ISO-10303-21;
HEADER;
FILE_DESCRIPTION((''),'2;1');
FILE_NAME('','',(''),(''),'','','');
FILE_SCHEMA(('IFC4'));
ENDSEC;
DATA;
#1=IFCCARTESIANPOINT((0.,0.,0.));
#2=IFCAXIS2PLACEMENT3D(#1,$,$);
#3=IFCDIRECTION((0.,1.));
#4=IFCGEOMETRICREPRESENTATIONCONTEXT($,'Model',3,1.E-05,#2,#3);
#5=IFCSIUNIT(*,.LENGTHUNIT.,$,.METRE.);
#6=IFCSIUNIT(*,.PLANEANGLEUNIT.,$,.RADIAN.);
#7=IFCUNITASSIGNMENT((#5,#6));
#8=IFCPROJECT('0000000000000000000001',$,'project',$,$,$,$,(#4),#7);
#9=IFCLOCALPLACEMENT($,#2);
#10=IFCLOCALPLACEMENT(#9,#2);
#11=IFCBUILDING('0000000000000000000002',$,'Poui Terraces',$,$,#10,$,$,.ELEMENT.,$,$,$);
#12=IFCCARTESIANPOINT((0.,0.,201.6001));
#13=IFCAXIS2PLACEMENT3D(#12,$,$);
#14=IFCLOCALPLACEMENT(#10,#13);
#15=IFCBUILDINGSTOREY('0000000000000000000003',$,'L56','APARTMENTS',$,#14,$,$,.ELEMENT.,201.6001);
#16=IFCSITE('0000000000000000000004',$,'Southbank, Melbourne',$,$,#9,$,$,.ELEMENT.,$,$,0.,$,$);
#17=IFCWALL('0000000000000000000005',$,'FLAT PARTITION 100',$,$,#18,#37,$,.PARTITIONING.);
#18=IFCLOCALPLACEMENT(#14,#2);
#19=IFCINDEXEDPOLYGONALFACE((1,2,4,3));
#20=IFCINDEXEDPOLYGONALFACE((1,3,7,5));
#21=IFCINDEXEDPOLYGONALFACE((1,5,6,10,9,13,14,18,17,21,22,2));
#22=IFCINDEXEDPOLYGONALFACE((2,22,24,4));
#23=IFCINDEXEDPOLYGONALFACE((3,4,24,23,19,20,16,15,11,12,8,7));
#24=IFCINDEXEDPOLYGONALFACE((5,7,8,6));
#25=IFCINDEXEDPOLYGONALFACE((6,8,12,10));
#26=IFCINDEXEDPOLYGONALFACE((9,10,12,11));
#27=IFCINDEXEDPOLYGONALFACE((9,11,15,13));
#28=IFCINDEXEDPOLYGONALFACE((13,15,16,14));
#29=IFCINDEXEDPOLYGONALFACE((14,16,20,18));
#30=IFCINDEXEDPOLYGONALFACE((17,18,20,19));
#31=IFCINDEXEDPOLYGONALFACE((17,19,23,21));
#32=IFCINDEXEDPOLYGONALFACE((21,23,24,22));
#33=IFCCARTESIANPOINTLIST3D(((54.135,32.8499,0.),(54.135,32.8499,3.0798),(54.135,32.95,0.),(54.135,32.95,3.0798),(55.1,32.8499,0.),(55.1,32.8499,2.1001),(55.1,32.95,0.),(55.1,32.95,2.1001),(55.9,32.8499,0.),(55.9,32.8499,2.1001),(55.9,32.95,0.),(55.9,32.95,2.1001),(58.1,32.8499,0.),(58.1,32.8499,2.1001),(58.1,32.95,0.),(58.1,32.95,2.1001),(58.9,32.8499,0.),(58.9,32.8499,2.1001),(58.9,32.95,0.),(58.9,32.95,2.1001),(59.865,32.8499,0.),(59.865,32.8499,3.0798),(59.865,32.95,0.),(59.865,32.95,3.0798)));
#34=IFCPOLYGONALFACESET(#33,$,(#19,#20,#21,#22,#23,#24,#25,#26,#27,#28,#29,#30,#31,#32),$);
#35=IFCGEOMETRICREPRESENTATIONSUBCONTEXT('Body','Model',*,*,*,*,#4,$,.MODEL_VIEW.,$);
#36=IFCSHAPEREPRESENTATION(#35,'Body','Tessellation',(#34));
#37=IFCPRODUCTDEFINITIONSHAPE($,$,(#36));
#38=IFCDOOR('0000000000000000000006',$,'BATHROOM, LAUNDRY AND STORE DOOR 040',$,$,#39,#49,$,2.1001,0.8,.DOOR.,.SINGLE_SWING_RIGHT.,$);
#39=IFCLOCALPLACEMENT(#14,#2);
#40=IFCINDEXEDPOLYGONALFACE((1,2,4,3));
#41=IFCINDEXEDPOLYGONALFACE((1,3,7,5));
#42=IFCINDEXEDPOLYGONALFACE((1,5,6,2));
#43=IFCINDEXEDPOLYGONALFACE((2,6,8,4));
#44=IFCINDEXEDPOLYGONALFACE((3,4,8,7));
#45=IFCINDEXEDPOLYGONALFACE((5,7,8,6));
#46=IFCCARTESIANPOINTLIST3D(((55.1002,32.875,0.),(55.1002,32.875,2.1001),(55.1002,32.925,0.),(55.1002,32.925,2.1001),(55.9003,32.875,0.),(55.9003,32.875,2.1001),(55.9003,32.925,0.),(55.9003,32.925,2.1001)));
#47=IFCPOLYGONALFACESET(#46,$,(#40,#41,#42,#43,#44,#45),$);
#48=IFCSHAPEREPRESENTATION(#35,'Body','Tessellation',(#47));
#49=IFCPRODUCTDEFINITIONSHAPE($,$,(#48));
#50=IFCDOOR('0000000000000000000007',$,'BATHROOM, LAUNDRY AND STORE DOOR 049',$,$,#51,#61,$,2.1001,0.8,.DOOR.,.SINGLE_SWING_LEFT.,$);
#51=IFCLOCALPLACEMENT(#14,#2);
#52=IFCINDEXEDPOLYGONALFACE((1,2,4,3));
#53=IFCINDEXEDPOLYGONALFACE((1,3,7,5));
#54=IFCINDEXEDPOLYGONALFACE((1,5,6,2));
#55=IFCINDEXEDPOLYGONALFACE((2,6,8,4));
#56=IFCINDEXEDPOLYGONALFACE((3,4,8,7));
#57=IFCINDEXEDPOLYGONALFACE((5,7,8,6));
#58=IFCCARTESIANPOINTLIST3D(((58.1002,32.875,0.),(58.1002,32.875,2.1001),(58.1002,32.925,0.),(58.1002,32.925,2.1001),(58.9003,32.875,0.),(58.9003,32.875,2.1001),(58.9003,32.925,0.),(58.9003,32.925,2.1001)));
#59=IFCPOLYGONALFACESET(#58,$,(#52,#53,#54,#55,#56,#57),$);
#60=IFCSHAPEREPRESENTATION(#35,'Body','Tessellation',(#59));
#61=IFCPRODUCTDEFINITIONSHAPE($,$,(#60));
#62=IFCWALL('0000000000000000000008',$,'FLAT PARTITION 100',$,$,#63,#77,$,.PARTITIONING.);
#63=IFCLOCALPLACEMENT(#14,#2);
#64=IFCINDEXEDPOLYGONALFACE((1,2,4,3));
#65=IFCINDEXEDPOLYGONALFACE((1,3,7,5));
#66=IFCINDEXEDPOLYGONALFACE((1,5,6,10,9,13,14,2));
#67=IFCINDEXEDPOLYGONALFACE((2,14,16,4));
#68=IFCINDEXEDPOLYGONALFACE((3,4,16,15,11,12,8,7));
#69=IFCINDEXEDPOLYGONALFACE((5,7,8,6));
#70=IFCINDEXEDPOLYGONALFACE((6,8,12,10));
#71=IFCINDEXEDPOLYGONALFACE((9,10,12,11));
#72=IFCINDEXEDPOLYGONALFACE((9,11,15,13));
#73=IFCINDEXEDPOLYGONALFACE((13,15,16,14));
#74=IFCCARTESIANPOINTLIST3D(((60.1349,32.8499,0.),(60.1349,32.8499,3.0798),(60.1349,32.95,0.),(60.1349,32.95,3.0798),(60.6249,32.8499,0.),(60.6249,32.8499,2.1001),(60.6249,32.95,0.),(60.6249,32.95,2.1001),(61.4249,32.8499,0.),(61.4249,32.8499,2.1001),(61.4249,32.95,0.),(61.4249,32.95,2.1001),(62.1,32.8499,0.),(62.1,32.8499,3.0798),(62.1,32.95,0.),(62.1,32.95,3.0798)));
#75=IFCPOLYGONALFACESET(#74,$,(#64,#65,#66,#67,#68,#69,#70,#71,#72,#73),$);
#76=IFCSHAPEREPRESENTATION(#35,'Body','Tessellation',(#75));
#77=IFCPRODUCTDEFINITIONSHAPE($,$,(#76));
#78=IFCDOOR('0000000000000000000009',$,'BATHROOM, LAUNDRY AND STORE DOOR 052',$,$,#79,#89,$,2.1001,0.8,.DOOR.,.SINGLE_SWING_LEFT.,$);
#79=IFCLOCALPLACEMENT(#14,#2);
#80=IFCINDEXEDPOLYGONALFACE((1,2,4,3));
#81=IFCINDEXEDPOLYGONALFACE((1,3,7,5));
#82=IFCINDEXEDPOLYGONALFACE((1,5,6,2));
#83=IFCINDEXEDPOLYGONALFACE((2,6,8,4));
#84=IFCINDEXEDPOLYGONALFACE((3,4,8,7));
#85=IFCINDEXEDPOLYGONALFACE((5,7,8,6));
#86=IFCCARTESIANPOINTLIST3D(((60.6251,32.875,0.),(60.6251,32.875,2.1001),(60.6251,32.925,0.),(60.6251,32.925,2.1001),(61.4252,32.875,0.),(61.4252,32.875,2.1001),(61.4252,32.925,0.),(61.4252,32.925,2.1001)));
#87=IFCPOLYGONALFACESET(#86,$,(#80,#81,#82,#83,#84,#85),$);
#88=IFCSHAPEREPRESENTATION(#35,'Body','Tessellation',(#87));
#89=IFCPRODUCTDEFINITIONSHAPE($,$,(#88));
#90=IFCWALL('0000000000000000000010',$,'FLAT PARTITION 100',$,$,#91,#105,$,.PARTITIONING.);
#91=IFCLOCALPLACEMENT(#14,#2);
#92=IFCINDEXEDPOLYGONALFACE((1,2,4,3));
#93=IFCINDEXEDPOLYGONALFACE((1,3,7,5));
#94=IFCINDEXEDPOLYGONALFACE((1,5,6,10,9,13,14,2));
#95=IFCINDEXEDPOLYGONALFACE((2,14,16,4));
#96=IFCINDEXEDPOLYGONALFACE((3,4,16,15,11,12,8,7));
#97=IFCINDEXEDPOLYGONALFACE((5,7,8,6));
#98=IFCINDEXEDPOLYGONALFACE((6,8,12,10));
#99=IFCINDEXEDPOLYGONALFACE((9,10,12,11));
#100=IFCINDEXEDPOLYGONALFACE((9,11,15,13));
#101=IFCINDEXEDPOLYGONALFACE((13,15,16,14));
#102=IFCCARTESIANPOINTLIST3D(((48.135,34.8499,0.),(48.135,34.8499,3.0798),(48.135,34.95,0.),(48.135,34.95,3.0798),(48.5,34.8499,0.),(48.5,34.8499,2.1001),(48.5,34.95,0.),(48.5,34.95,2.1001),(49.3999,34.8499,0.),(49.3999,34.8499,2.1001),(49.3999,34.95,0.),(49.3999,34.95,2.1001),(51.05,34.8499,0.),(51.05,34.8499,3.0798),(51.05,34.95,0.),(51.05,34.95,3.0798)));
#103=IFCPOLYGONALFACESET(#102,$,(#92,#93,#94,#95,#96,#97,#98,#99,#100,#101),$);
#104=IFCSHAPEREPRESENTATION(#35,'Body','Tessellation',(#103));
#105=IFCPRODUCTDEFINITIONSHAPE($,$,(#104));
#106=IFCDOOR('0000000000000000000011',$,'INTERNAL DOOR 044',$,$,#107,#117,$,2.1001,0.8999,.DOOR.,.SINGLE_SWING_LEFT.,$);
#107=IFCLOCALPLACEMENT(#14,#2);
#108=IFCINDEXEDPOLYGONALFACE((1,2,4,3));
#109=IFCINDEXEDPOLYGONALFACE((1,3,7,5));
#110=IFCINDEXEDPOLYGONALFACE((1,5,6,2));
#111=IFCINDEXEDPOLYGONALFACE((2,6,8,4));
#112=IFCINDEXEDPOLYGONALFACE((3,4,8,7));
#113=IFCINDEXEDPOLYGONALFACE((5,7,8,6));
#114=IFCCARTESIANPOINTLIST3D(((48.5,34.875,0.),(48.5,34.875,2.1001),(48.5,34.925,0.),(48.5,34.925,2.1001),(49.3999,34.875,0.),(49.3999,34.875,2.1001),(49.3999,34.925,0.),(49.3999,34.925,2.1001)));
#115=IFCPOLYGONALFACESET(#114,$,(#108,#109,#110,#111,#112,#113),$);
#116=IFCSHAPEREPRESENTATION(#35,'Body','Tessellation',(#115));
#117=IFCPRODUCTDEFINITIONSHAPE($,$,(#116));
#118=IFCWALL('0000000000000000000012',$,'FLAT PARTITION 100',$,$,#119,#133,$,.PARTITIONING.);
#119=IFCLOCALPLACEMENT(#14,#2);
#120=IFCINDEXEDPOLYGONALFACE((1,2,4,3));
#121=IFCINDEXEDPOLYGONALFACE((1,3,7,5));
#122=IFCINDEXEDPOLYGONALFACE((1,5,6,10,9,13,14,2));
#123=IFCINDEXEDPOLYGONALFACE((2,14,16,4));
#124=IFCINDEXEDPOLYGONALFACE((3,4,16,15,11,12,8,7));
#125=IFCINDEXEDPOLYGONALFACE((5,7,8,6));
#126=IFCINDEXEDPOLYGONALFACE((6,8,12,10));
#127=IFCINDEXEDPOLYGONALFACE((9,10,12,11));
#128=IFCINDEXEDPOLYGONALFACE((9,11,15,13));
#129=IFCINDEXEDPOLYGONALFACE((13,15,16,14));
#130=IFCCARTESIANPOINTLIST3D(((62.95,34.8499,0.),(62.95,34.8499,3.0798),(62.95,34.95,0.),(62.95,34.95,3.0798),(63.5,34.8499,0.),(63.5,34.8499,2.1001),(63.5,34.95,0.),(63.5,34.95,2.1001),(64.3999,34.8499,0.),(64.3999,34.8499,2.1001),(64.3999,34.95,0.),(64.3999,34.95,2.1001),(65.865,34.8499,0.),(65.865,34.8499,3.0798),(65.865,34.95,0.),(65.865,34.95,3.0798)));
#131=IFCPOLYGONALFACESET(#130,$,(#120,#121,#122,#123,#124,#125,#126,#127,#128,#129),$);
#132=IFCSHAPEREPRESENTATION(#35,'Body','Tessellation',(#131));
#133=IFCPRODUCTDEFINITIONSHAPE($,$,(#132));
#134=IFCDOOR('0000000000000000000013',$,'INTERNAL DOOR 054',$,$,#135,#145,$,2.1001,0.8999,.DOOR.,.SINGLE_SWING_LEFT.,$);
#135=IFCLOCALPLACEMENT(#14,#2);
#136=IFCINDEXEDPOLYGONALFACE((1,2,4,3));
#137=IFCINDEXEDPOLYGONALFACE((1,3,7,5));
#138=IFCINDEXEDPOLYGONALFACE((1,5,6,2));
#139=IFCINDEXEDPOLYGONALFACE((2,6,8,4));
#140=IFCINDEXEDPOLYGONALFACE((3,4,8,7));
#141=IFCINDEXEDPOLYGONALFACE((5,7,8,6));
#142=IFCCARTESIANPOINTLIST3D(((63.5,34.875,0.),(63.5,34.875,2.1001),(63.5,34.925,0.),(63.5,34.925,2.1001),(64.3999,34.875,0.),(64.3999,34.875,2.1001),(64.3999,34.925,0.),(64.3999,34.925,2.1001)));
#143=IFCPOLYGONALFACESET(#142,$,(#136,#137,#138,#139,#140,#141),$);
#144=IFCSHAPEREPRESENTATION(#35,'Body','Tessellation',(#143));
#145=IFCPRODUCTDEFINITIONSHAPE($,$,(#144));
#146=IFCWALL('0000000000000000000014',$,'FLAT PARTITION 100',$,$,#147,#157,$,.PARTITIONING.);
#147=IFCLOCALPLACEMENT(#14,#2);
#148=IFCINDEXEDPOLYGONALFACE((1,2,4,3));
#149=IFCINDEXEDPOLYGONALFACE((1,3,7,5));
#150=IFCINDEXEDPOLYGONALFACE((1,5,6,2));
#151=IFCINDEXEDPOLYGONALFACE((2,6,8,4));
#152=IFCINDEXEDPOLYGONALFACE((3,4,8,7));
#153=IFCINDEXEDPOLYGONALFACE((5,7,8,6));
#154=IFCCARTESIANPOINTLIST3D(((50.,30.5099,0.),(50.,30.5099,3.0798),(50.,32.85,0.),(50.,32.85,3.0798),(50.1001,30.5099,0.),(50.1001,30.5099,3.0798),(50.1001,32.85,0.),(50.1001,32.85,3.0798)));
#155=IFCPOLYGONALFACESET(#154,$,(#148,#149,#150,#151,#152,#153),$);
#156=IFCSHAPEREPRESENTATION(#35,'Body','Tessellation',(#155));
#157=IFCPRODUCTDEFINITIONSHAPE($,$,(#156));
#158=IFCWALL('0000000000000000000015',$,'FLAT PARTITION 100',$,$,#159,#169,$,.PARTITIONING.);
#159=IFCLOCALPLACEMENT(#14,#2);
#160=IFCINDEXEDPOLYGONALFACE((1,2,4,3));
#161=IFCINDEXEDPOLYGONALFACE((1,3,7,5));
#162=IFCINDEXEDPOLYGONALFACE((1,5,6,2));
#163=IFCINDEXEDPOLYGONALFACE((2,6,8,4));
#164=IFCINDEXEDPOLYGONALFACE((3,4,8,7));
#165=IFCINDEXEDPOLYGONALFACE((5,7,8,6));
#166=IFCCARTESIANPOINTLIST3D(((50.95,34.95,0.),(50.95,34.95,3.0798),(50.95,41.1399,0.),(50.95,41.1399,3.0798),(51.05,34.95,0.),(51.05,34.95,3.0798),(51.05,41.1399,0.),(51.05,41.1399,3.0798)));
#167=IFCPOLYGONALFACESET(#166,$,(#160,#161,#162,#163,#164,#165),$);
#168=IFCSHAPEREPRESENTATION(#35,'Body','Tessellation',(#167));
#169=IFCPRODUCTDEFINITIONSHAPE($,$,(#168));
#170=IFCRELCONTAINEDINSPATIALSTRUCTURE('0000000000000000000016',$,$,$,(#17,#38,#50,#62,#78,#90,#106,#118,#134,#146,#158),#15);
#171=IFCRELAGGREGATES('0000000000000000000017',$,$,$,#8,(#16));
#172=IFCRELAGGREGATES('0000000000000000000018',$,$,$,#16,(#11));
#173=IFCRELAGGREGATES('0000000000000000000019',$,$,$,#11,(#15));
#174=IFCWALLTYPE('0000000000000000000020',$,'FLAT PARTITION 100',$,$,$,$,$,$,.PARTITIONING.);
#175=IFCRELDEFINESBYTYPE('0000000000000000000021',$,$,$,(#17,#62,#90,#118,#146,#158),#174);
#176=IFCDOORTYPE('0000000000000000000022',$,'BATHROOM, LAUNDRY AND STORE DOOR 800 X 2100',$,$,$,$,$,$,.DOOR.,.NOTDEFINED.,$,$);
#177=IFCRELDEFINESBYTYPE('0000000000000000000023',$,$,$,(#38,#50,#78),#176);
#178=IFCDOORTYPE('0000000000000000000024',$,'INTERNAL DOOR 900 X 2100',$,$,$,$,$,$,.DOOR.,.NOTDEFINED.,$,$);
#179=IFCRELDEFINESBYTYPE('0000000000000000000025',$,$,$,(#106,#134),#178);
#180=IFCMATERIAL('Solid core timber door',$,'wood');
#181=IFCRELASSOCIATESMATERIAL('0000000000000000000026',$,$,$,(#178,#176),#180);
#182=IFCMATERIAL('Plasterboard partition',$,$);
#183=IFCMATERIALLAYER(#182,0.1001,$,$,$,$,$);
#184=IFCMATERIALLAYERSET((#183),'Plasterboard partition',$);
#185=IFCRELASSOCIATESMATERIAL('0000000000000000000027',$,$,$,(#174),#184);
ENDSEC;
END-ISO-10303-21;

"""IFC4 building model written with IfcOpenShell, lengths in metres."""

from ifc_helpers import new_model, si_unit, direction, frame, frame_2d, origin, place, context, subcontext, project, spatial, rectangle, extrude, material, layer, layer_set, type_object, element, fill, save


model = new_model("IFC4")

# Units and contexts
model_context = context("Model", 3, precision=1e-05, world=origin(), true_north=direction((0.0, 1.0)))
body_context = subcontext(model_context, "Body", "Model", "MODEL_VIEW")
ifc_project = project(units=[si_unit("LENGTHUNIT", "METRE"), si_unit("PLANEANGLEUNIT", "RADIAN")], contexts=[model_context])

# Site, building, storey
site_placement = place(None, origin())
site = spatial("IfcSite", under=ifc_project, at=site_placement, Name="Southbank, Melbourne", CompositionType="ELEMENT", RefElevation=0.0)
building_placement = place(site_placement, origin())
building = spatial("IfcBuilding", under=site, at=building_placement, Name="Poui Terraces", CompositionType="ELEMENT")
storey_placement = place(building_placement, frame((0.0, 0.0, 201.6001)))
storey = spatial("IfcBuildingStorey", under=building, at=storey_placement, Name="L56", Description="APARTMENTS", CompositionType="ELEMENT", Elevation=201.6001)

# Shared definitions
ifc_material_1 = material(Name="Solid core timber door", Category="wood")
door_type_1 = type_object("IfcDoorType", Name="INTERNAL DOOR 900 X 2100", OperationType="NOTDEFINED", PredefinedType="DOOR", material=ifc_material_1)
ifc_material_2 = material(Name="Plasterboard partition")
ifc_layer_1 = layer(ifc_material_2, 0.1001)
ifc_layer_set_1 = layer_set([ifc_layer_1], Name="Plasterboard partition")
wall_type_1 = type_object("IfcWallType", Name="FLAT PARTITION 100", PredefinedType="PARTITIONING", material=ifc_layer_set_1)
door_type_2 = type_object("IfcDoorType", Name="BATHROOM, LAUNDRY AND STORE DOOR 800 X 2100", OperationType="NOTDEFINED", PredefinedType="DOOR", material=ifc_material_1)

# Wall, openings, doors
wall_1_placement = place(storey_placement, frame((54.135, 32.8999, 0.0), z_axis=(0.0, 0.0, 1.0), x_axis=(1.0, 0.0, 0.0)))
wall_1 = element("IfcWall", 1, at=wall_1_placement, inside=storey, type_object=wall_type_1, Name="FLAT PARTITION 100", PredefinedType="PARTITIONING", context=body_context, shape_type="SweptSolid", body=[
    extrude(rectangle(XDim=5.73, YDim=0.1001, at=frame_2d((2.865, 0.0))), origin(), (0.0, 0.0, 1.0), 3.0798),
])
opening_1_placement = place(wall_1_placement, frame((0.9651, 0.0, 0.0)))
opening_1 = element("IfcOpeningElement", 2, at=opening_1_placement, cuts=wall_1, PredefinedType="OPENING", context=body_context, shape_type="SweptSolid", body=[
    extrude(rectangle(XDim=0.8, YDim=2.1001, at=frame_2d((0.3999, 1.05))), frame((0.0, 0.0601, 0.0), z_axis=(0.0, -1.0, 0.0), x_axis=(1.0, 0.0, 0.0)), (0.0, 0.0, 1.0), 0.1201),
])
opening_2_placement = place(wall_1_placement, frame((3.9651, 0.0, 0.0)))
opening_2 = element("IfcOpeningElement", 3, at=opening_2_placement, cuts=wall_1, PredefinedType="OPENING", context=body_context, shape_type="SweptSolid", body=[
    extrude(rectangle(XDim=0.8, YDim=2.1001, at=frame_2d((0.3999, 1.05))), frame((0.0, 0.0601, 0.0), z_axis=(0.0, -1.0, 0.0), x_axis=(1.0, 0.0, 0.0)), (0.0, 0.0, 1.0), 0.1201),
])
door_1_placement = place(opening_1_placement, frame((0.8, 0.0, 0.0), z_axis=(0.0, 0.0, 1.0), x_axis=(-1.0, 0.0, 0.0)))
door_1 = element("IfcDoor", 4, at=door_1_placement, inside=storey, type_object=door_type_2, Name="BATHROOM, LAUNDRY AND STORE DOOR 040", OperationType="SINGLE_SWING_RIGHT", OverallHeight=2.1001, OverallWidth=0.8, PredefinedType="DOOR", context=body_context, shape_type="SweptSolid", body=[
    extrude(rectangle(XDim=0.8, YDim=2.1001, at=frame_2d((0.3999, 1.05))), frame((0.0, 0.0249, 0.0), z_axis=(0.0, -1.0, 0.0), x_axis=(1.0, 0.0, 0.0)), (0.0, 0.0, 1.0), 0.05),
])
fill(opening_1, door_1)
door_2_placement = place(opening_2_placement, frame((0.8, 0.0, 0.0), z_axis=(0.0, 0.0, 1.0), x_axis=(-1.0, 0.0, 0.0)))
door_2 = element("IfcDoor", 5, at=door_2_placement, inside=storey, type_object=door_type_2, Name="BATHROOM, LAUNDRY AND STORE DOOR 049", OperationType="SINGLE_SWING_LEFT", OverallHeight=2.1001, OverallWidth=0.8, PredefinedType="DOOR", context=body_context, shape_type="SweptSolid", body=[
    extrude(rectangle(XDim=0.8, YDim=2.1001, at=frame_2d((0.3999, 1.05))), frame((0.0, 0.0249, 0.0), z_axis=(0.0, -1.0, 0.0), x_axis=(1.0, 0.0, 0.0)), (0.0, 0.0, 1.0), 0.05),
])
fill(opening_2, door_2)

# Walls, openings, doors
wall_2_placement = place(storey_placement, frame((60.135, 32.8999, 0.0), z_axis=(0.0, 0.0, 1.0), x_axis=(1.0, 0.0, 0.0)))
wall_2 = element("IfcWall", 6, at=wall_2_placement, inside=storey, type_object=wall_type_1, Name="FLAT PARTITION 100", PredefinedType="PARTITIONING", context=body_context, shape_type="SweptSolid", body=[
    extrude(rectangle(XDim=1.9651, YDim=0.1001, at=frame_2d((0.9824, 0.0))), origin(), (0.0, 0.0, 1.0), 3.0798),
])
opening_3_placement = place(wall_2_placement, frame((0.49, 0.0, 0.0)))
opening_3 = element("IfcOpeningElement", 7, at=opening_3_placement, cuts=wall_2, PredefinedType="OPENING", context=body_context, shape_type="SweptSolid", body=[
    extrude(rectangle(XDim=0.8, YDim=2.1001, at=frame_2d((0.3999, 1.05))), frame((0.0, 0.0601, 0.0), z_axis=(0.0, -1.0, 0.0), x_axis=(1.0, 0.0, 0.0)), (0.0, 0.0, 1.0), 0.1201),
])
door_3_placement = place(opening_3_placement, frame((0.8, 0.0, 0.0), z_axis=(0.0, 0.0, 1.0), x_axis=(-1.0, 0.0, 0.0)))
door_3 = element("IfcDoor", 8, at=door_3_placement, inside=storey, type_object=door_type_2, Name="BATHROOM, LAUNDRY AND STORE DOOR 052", OperationType="SINGLE_SWING_LEFT", OverallHeight=2.1001, OverallWidth=0.8, PredefinedType="DOOR", context=body_context, shape_type="SweptSolid", body=[
    extrude(rectangle(XDim=0.8, YDim=2.1001, at=frame_2d((0.3999, 1.05))), frame((0.0, 0.0249, 0.0), z_axis=(0.0, -1.0, 0.0), x_axis=(1.0, 0.0, 0.0)), (0.0, 0.0, 1.0), 0.05),
])
fill(opening_3, door_3)
wall_3_placement = place(storey_placement, frame((48.135, 34.8999, 0.0), z_axis=(0.0, 0.0, 1.0), x_axis=(1.0, 0.0, 0.0)))
wall_3 = element("IfcWall", 9, at=wall_3_placement, inside=storey, type_object=wall_type_1, Name="FLAT PARTITION 100", PredefinedType="PARTITIONING", context=body_context, shape_type="SweptSolid", body=[
    extrude(rectangle(XDim=2.915, YDim=0.1001, at=frame_2d((1.4575, 0.0))), origin(), (0.0, 0.0, 1.0), 3.0798),
])
opening_4_placement = place(wall_3_placement, frame((0.365, 0.0, 0.0)))
opening_4 = element("IfcOpeningElement", 10, at=opening_4_placement, cuts=wall_3, PredefinedType="OPENING", context=body_context, shape_type="SweptSolid", body=[
    extrude(rectangle(XDim=0.8999, YDim=2.1001, at=frame_2d((0.45, 1.05))), frame((0.0, 0.0601, 0.0), z_axis=(0.0, -1.0, 0.0), x_axis=(1.0, 0.0, 0.0)), (0.0, 0.0, 1.0), 0.1201),
])
door_4_placement = place(opening_4_placement, frame((0.8999, 0.0, 0.0), z_axis=(0.0, 0.0, 1.0), x_axis=(-1.0, 0.0, 0.0)))
door_4 = element("IfcDoor", 11, at=door_4_placement, inside=storey, type_object=door_type_1, Name="INTERNAL DOOR 044", OperationType="SINGLE_SWING_LEFT", OverallHeight=2.1001, OverallWidth=0.8999, PredefinedType="DOOR", context=body_context, shape_type="SweptSolid", body=[
    extrude(rectangle(XDim=0.8999, YDim=2.1001, at=frame_2d((0.45, 1.05))), frame((0.0, 0.0249, 0.0), z_axis=(0.0, -1.0, 0.0), x_axis=(1.0, 0.0, 0.0)), (0.0, 0.0, 1.0), 0.05),
])
fill(opening_4, door_4)
wall_4_placement = place(storey_placement, frame((62.95, 34.8999, 0.0), z_axis=(0.0, 0.0, 1.0), x_axis=(1.0, 0.0, 0.0)))
wall_4 = element("IfcWall", 12, at=wall_4_placement, inside=storey, type_object=wall_type_1, Name="FLAT PARTITION 100", PredefinedType="PARTITIONING", context=body_context, shape_type="SweptSolid", body=[
    extrude(rectangle(XDim=2.915, YDim=0.1001, at=frame_2d((1.4575, 0.0))), origin(), (0.0, 0.0, 1.0), 3.0798),
])
opening_5_placement = place(wall_4_placement, frame((0.55, 0.0, 0.0)))
opening_5 = element("IfcOpeningElement", 13, at=opening_5_placement, cuts=wall_4, PredefinedType="OPENING", context=body_context, shape_type="SweptSolid", body=[
    extrude(rectangle(XDim=0.8999, YDim=2.1001, at=frame_2d((0.45, 1.05))), frame((0.0, 0.0601, 0.0), z_axis=(0.0, -1.0, 0.0), x_axis=(1.0, 0.0, 0.0)), (0.0, 0.0, 1.0), 0.1201),
])
door_5_placement = place(opening_5_placement, frame((0.8999, 0.0, 0.0), z_axis=(0.0, 0.0, 1.0), x_axis=(-1.0, 0.0, 0.0)))
door_5 = element("IfcDoor", 14, at=door_5_placement, inside=storey, type_object=door_type_1, Name="INTERNAL DOOR 054", OperationType="SINGLE_SWING_LEFT", OverallHeight=2.1001, OverallWidth=0.8999, PredefinedType="DOOR", context=body_context, shape_type="SweptSolid", body=[
    extrude(rectangle(XDim=0.8999, YDim=2.1001, at=frame_2d((0.45, 1.05))), frame((0.0, 0.0249, 0.0), z_axis=(0.0, -1.0, 0.0), x_axis=(1.0, 0.0, 0.0)), (0.0, 0.0, 1.0), 0.05),
])
fill(opening_5, door_5)

# Walls
wall_5_placement = place(storey_placement, frame((50.05, 30.51, 0.0), z_axis=(0.0, 0.0, 1.0), x_axis=(0.0, 1.0, 0.0)))
element("IfcWall", 15, at=wall_5_placement, inside=storey, type_object=wall_type_1, Name="FLAT PARTITION 100", PredefinedType="PARTITIONING", context=body_context, shape_type="SweptSolid", body=[
    extrude(rectangle(XDim=2.3401, YDim=0.1001, at=frame_2d((1.1699, 0.0))), origin(), (0.0, 0.0, 1.0), 3.0798),
])
wall_6_placement = place(storey_placement, frame((51.0, 34.95, 0.0), z_axis=(0.0, 0.0, 1.0), x_axis=(0.0, 1.0, 0.0)))
element("IfcWall", 16, at=wall_6_placement, inside=storey, type_object=wall_type_1, Name="FLAT PARTITION 100", PredefinedType="PARTITIONING", context=body_context, shape_type="SweptSolid", body=[
    extrude(rectangle(XDim=6.1899, YDim=0.1001, at=frame_2d((3.095, 0.0))), origin(), (0.0, 0.0, 1.0), 3.0798),
])

save(model, "model.ifc")
